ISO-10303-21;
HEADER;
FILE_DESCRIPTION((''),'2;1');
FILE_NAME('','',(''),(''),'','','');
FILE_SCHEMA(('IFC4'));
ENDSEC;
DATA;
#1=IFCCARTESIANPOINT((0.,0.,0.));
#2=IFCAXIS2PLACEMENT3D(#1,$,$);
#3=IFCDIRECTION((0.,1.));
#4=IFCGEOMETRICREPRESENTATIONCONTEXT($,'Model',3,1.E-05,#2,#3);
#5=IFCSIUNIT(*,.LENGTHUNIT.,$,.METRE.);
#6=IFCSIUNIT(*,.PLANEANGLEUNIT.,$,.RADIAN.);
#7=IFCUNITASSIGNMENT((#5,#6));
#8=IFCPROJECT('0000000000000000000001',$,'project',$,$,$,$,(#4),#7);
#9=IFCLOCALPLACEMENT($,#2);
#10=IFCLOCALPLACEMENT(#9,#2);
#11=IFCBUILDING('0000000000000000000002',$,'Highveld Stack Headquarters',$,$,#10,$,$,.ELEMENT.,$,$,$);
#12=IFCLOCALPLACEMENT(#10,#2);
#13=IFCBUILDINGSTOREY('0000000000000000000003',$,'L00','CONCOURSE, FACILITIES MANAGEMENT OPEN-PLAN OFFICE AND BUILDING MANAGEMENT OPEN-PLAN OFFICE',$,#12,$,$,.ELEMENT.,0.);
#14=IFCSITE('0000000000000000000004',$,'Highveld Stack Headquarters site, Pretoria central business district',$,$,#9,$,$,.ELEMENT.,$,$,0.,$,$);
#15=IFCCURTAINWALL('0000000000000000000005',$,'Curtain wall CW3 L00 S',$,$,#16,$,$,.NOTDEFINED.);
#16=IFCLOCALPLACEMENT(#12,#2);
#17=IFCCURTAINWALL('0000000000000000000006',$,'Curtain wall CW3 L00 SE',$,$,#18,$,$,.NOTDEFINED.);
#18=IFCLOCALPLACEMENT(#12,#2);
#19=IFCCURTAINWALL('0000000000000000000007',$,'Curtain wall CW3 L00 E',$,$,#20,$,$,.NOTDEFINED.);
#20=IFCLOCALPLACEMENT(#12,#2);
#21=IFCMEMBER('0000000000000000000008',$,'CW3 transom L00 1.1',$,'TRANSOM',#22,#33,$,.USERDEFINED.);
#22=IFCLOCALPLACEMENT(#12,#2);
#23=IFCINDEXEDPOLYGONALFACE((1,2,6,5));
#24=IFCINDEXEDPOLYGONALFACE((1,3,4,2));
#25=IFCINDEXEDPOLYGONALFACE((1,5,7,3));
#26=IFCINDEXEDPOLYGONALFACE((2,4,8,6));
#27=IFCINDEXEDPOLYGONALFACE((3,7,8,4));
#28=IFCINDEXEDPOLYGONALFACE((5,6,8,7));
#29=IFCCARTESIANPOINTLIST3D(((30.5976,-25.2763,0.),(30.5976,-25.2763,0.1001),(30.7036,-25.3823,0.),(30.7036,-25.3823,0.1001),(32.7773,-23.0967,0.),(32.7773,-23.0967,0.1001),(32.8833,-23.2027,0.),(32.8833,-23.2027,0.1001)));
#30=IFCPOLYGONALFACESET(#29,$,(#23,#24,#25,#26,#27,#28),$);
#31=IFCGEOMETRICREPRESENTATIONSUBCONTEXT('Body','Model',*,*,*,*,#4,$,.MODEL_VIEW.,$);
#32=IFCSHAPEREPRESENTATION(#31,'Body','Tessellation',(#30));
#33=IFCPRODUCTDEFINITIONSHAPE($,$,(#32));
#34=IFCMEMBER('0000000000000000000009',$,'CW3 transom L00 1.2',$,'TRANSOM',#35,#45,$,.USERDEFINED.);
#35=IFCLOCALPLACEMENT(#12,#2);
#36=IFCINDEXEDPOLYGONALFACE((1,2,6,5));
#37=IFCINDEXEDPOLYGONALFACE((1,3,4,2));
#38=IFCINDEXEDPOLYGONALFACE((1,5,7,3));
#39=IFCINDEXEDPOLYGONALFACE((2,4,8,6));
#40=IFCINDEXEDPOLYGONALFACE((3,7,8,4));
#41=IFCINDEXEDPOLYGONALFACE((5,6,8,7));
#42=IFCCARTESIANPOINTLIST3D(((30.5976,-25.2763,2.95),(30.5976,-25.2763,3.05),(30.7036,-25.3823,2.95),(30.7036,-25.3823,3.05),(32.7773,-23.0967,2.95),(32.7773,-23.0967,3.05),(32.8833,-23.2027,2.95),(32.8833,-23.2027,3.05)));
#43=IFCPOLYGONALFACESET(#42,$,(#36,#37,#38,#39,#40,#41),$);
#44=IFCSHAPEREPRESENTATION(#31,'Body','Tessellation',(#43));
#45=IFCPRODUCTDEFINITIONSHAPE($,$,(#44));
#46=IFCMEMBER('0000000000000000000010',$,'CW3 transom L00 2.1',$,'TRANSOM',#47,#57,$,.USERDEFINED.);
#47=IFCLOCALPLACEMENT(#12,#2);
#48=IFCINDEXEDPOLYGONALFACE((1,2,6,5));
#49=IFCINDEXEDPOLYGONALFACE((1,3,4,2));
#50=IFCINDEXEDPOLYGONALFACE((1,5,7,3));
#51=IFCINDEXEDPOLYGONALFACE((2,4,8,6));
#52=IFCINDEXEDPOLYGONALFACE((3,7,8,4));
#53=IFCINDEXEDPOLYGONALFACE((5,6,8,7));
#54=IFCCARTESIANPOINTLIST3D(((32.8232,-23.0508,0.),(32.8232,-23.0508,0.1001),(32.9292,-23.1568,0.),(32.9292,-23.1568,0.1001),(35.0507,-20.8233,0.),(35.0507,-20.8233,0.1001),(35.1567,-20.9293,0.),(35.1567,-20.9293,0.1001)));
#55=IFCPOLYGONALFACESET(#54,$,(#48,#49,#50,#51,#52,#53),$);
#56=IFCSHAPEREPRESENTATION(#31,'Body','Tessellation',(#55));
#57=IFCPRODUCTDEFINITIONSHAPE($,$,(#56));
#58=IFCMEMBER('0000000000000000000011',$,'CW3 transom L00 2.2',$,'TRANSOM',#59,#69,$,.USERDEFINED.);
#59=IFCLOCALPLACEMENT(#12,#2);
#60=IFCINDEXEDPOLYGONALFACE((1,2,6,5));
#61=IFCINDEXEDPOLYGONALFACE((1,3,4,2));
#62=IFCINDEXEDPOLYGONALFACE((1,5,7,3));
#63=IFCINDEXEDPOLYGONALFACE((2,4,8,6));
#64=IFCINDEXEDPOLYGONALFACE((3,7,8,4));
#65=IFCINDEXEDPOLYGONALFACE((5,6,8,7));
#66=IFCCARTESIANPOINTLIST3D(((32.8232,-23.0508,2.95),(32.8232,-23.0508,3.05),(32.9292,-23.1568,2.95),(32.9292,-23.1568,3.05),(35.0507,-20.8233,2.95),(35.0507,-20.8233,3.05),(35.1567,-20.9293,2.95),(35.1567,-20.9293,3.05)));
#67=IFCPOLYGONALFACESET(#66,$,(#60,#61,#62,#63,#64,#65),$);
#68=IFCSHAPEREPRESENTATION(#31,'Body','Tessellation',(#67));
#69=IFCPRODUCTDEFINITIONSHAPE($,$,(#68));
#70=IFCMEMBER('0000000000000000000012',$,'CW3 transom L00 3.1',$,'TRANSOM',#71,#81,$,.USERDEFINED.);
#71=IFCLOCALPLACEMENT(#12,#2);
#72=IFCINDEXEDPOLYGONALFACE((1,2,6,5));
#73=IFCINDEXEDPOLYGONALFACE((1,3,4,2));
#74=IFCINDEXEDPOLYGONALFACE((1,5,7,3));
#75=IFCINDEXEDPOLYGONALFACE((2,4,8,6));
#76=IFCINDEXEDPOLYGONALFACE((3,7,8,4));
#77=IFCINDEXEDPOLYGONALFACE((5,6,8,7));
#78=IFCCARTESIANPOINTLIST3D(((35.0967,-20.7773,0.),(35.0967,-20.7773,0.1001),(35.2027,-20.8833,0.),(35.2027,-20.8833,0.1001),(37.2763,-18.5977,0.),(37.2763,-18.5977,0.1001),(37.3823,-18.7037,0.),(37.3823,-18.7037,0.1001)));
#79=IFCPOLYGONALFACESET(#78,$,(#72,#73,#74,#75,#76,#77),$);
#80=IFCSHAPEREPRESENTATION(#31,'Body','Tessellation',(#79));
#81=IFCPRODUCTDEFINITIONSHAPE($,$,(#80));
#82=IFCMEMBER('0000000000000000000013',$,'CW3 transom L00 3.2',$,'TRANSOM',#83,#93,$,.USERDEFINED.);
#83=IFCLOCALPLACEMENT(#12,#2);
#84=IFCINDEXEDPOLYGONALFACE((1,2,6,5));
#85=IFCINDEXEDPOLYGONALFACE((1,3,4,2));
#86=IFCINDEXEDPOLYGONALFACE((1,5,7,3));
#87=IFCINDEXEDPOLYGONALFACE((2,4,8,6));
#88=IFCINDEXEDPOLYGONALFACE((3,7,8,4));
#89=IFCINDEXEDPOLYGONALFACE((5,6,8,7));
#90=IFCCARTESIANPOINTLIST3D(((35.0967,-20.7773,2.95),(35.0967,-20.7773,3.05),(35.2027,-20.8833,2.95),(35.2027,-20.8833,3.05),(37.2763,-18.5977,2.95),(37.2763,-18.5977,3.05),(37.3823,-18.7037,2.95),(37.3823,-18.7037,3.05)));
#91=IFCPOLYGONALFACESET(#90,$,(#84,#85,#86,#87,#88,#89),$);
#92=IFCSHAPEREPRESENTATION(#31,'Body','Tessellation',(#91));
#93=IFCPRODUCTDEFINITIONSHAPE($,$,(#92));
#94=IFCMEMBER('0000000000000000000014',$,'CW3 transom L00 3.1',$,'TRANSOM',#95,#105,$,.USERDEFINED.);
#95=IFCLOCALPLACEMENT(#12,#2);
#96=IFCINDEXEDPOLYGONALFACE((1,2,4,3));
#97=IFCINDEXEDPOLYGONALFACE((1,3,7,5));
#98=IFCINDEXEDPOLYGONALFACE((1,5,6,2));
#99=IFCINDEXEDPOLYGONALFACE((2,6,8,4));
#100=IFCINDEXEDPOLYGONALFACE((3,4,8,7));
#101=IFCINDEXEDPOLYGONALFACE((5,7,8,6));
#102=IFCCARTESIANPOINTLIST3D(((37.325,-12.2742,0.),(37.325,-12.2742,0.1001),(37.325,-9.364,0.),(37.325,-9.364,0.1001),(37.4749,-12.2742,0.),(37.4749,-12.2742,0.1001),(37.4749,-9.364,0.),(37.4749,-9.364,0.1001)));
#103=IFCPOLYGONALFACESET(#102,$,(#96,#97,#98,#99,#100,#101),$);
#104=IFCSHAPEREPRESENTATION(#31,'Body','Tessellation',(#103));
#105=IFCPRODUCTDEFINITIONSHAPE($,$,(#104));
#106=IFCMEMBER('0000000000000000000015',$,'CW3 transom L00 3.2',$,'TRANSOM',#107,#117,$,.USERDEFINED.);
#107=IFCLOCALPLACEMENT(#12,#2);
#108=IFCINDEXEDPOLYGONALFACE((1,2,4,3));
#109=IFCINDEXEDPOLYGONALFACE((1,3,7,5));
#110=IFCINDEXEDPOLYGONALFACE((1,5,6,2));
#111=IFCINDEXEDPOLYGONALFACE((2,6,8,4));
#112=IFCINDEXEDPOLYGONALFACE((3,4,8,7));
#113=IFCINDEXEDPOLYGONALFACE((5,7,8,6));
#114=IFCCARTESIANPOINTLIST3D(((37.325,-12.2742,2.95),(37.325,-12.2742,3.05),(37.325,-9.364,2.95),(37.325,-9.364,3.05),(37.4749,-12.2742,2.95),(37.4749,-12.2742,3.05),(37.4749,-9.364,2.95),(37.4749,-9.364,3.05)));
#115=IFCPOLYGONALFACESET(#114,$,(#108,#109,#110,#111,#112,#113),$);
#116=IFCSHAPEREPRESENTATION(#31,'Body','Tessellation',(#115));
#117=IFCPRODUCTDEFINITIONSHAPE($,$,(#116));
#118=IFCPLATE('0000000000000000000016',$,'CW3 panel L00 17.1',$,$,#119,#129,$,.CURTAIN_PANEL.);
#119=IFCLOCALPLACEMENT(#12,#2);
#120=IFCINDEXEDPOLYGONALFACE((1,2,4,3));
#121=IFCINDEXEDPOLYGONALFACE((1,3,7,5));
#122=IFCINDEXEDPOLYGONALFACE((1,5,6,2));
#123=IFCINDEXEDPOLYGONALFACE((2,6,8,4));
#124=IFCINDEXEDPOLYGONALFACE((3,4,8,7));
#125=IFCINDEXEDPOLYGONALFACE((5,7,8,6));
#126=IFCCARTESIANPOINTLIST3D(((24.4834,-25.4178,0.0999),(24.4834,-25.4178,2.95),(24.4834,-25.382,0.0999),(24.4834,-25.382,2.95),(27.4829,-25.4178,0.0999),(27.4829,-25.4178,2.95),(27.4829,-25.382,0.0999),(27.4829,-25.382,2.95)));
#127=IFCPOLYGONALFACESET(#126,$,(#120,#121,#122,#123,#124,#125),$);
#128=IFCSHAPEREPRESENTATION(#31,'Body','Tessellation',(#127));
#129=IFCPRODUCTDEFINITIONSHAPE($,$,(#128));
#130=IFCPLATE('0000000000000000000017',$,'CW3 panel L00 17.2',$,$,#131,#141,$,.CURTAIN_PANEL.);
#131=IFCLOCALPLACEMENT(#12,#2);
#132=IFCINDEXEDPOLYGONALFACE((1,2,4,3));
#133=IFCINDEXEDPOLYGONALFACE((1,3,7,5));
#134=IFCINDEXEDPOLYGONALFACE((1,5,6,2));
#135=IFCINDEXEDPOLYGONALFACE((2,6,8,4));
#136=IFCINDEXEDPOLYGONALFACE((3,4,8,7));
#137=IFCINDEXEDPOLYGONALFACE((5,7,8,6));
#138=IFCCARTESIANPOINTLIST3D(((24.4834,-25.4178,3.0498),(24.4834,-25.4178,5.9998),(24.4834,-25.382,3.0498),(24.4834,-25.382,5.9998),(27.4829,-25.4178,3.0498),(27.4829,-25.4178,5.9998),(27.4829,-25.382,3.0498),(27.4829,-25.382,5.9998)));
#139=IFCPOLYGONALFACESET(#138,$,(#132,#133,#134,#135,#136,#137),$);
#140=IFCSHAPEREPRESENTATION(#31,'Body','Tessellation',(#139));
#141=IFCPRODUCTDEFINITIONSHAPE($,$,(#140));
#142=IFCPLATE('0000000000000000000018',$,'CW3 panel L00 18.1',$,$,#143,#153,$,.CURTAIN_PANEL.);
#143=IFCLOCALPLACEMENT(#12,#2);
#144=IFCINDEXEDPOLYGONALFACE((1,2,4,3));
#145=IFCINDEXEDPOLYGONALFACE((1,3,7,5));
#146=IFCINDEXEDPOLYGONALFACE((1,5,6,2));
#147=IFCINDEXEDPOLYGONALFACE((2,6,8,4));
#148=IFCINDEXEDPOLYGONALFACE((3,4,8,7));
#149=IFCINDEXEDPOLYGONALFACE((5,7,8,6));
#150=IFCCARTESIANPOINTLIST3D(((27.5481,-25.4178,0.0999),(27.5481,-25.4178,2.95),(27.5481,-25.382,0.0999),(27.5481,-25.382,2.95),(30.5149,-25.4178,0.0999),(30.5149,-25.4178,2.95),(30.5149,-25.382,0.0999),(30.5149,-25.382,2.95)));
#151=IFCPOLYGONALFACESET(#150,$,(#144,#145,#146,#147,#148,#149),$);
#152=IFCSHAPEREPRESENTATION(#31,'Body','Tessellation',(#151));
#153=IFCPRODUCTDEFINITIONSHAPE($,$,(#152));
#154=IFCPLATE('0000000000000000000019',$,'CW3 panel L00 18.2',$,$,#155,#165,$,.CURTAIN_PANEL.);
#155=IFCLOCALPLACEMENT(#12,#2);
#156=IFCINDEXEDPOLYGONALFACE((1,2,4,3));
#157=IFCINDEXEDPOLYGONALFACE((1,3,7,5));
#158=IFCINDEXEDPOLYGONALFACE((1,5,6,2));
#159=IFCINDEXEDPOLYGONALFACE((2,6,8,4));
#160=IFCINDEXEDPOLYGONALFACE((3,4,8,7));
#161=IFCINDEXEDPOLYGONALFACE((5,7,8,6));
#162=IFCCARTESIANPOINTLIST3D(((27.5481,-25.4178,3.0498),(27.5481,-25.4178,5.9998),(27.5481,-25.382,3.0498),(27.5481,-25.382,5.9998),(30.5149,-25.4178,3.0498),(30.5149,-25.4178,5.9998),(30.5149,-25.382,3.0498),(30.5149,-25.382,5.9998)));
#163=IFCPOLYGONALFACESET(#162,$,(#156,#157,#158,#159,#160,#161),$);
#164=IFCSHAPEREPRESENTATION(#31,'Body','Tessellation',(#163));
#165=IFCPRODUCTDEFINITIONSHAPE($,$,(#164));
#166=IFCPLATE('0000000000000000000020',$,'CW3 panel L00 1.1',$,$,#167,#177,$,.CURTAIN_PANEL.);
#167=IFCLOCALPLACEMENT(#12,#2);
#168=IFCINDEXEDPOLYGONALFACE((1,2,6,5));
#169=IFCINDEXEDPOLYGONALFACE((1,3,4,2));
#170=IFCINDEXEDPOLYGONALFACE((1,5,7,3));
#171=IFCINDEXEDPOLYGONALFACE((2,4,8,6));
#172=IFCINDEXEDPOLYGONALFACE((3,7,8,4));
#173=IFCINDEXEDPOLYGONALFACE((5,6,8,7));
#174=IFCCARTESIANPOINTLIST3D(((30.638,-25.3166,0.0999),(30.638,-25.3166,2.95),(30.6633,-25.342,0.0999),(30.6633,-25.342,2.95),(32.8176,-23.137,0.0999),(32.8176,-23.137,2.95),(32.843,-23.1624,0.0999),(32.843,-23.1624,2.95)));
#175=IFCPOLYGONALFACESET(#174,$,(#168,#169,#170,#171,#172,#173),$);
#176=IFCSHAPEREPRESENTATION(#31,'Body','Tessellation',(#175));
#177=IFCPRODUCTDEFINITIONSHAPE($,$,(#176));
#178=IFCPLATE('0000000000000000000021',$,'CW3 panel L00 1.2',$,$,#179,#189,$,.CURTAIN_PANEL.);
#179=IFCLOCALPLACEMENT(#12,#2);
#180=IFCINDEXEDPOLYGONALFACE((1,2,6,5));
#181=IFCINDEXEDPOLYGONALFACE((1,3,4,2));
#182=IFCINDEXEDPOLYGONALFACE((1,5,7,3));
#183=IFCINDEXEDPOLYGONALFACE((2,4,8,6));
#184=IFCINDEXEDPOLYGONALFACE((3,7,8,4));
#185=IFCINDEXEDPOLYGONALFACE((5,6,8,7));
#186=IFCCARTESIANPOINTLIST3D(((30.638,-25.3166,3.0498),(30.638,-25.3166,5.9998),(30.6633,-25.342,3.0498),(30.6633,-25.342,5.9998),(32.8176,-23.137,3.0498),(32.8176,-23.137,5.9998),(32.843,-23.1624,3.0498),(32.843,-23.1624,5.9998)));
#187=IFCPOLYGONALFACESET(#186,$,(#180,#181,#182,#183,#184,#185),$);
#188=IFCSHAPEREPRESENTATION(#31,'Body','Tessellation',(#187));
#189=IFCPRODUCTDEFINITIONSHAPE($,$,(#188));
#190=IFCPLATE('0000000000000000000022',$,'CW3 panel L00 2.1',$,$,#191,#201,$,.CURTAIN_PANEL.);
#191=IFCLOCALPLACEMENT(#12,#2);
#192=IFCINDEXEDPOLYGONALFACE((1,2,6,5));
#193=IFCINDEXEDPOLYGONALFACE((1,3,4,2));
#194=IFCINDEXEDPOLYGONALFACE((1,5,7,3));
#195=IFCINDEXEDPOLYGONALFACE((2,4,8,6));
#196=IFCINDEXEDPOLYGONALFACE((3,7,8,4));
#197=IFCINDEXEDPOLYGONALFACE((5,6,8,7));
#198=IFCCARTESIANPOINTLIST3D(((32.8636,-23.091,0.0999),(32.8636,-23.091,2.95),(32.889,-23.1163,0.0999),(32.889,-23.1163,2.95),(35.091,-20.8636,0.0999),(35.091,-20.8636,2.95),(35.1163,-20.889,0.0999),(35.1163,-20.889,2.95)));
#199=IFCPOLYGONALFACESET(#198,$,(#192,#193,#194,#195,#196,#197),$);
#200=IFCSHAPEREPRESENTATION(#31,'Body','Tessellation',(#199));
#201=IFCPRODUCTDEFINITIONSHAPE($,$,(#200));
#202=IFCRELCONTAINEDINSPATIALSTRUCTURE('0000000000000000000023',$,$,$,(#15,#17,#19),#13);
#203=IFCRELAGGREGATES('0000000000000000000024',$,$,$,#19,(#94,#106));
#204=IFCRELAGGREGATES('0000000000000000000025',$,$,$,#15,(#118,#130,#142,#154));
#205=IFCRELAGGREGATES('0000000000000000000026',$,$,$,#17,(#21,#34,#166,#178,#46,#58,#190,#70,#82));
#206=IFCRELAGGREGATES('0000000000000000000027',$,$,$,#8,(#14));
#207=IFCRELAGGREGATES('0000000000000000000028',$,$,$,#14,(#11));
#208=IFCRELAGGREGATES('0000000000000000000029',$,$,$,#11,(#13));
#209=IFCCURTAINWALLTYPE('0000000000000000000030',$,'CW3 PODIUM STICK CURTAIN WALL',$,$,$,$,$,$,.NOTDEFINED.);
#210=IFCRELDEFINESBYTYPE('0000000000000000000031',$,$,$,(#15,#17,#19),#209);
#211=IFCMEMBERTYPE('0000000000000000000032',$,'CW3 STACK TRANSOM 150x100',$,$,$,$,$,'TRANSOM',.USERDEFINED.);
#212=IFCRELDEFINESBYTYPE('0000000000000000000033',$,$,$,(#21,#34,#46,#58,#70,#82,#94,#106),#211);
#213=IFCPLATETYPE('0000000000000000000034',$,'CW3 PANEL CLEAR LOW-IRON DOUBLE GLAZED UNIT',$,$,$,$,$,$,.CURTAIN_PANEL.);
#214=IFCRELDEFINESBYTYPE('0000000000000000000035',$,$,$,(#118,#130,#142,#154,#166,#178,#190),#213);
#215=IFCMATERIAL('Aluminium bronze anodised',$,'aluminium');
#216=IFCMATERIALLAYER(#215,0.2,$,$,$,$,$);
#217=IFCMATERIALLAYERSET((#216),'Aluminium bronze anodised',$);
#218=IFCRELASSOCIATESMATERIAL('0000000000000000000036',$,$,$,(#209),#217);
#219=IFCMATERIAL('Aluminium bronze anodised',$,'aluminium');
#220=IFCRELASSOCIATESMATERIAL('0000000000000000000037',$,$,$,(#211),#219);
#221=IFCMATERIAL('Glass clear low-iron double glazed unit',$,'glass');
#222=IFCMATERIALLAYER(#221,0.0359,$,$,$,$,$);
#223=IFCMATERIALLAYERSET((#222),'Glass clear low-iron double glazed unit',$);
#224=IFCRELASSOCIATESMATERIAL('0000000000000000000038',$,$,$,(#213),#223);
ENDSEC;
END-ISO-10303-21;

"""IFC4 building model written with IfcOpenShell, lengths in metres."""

from ifc_helpers import new_model, si_unit, direction, frame, origin, origin_2d, place, context, subcontext, project, spatial, rectangle, extrude, material, layer, layer_set, material_profile, profile_set, type_object, element, aggregate, save


model = new_model("IFC4")

# Units and contexts
model_context = context("Model", 3, precision=1e-05, world=origin(), true_north=direction((0.0, 1.0)))
body_context = subcontext(model_context, "Body", "Model", "MODEL_VIEW")
ifc_project = project(units=[si_unit("LENGTHUNIT", "METRE"), si_unit("PLANEANGLEUNIT", "RADIAN")], contexts=[model_context])

# Site, building, storey
site_placement = place(None, origin())
site = spatial("IfcSite", under=ifc_project, at=site_placement, Name="Highveld Stack Headquarters site, Pretoria central business district", CompositionType="ELEMENT", RefElevation=0.0)
building_placement = place(site_placement, origin())
building = spatial("IfcBuilding", under=site, at=building_placement, Name="Highveld Stack Headquarters", CompositionType="ELEMENT")
storey_placement = place(building_placement, origin())
storey = spatial("IfcBuildingStorey", under=building, at=storey_placement, Name="L00", Description="CONCOURSE, FACILITIES MANAGEMENT OPEN-PLAN OFFICE AND BUILDING MANAGEMENT OPEN-PLAN OFFICE", CompositionType="ELEMENT", Elevation=0.0)

# Curtain walls
ifc_material_1 = material(Name="Aluminium bronze anodised", Category="aluminium")
ifc_layer_1 = layer(ifc_material_1, 0.2)
ifc_layer_set_1 = layer_set([ifc_layer_1], Name="Aluminium bronze anodised")
curtain_wall_type = type_object("IfcCurtainWallType", Name="CW3 PODIUM STICK CURTAIN WALL", PredefinedType="NOTDEFINED", material=ifc_layer_set_1)
curtain_wall_1_placement = place(storey_placement, origin())
curtain_wall_1 = element("IfcCurtainWall", 1, at=curtain_wall_1_placement, inside=storey, type_object=curtain_wall_type, Name="Curtain wall CW3 L00 S", PredefinedType="NOTDEFINED")
curtain_wall_2_placement = place(storey_placement, origin())
curtain_wall_2 = element("IfcCurtainWall", 2, at=curtain_wall_2_placement, inside=storey, type_object=curtain_wall_type, Name="Curtain wall CW3 L00 SE", PredefinedType="NOTDEFINED")

# Curtain wall
curtain_wall_3_placement = place(storey_placement, origin())
curtain_wall_3 = element("IfcCurtainWall", 3, at=curtain_wall_3_placement, inside=storey, type_object=curtain_wall_type, Name="Curtain wall CW3 L00 E", PredefinedType="NOTDEFINED")

# Members
ifc_material_2 = material(Name="Aluminium bronze anodised", Category="aluminium")
ifc_material_profile_1 = material_profile(ifc_material_2, rectangle(XDim=0.1499, YDim=0.1001, at=origin_2d()), Name="CW3 TRANSOM 150x100")
ifc_profile_set_1 = profile_set([ifc_material_profile_1], Name="Aluminium bronze anodised")
member_type_1 = type_object("IfcMemberType", Name="CW3 STACK TRANSOM 150x100", ElementType="TRANSOM", PredefinedType="USERDEFINED", material=ifc_profile_set_1)
member_1_placement = place(storey_placement, frame((30.6506, -25.3293, 0.05), z_axis=(0.707107, 0.707107, 0.0), x_axis=(-0.707107, 0.707107, 0.0)))
member_1 = element("IfcMember", 4, at=member_1_placement, type_object=member_type_1, Name="CW3 transom L00 1.1", ObjectType="TRANSOM", PredefinedType="USERDEFINED", context=body_context, shape_type="SweptSolid", body=[
    extrude(rectangle(XDim=0.1499, YDim=0.1001, at=origin_2d()), origin(), (0.0, 0.0, 1.0), 3.0825),
])
member_2_placement = place(storey_placement, frame((30.6506, -25.3293, 3.0), z_axis=(0.707107, 0.707107, 0.0), x_axis=(-0.707107, 0.707107, 0.0)))
member_2 = element("IfcMember", 5, at=member_2_placement, type_object=member_type_1, Name="CW3 transom L00 1.2", ObjectType="TRANSOM", PredefinedType="USERDEFINED", context=body_context, shape_type="SweptSolid", body=[
    extrude(rectangle(XDim=0.1499, YDim=0.1001, at=origin_2d()), origin(), (0.0, 0.0, 1.0), 3.0825),
])
member_3_placement = place(storey_placement, frame((32.8762, -23.1038, 0.05), z_axis=(0.707107, 0.707107, 0.0), x_axis=(-0.707107, 0.707107, 0.0)))
member_3 = element("IfcMember", 6, at=member_3_placement, type_object=member_type_1, Name="CW3 transom L00 2.1", ObjectType="TRANSOM", PredefinedType="USERDEFINED", context=body_context, shape_type="SweptSolid", body=[
    extrude(rectangle(XDim=0.1499, YDim=0.1001, at=origin_2d()), origin(), (0.0, 0.0, 1.0), 3.1501),
])
member_4_placement = place(storey_placement, frame((32.8762, -23.1038, 3.0), z_axis=(0.707107, 0.707107, 0.0), x_axis=(-0.707107, 0.707107, 0.0)))
member_4 = element("IfcMember", 7, at=member_4_placement, type_object=member_type_1, Name="CW3 transom L00 2.2", ObjectType="TRANSOM", PredefinedType="USERDEFINED", context=body_context, shape_type="SweptSolid", body=[
    extrude(rectangle(XDim=0.1499, YDim=0.1001, at=origin_2d()), origin(), (0.0, 0.0, 1.0), 3.1501),
])
member_5_placement = place(storey_placement, frame((35.1497, -20.8303, 0.05), z_axis=(0.707107, 0.707107, 0.0), x_axis=(-0.707107, 0.707107, 0.0)))
member_5 = element("IfcMember", 8, at=member_5_placement, type_object=member_type_1, Name="CW3 transom L00 3.1", ObjectType="TRANSOM", PredefinedType="USERDEFINED", context=body_context, shape_type="SweptSolid", body=[
    extrude(rectangle(XDim=0.1499, YDim=0.1001, at=origin_2d()), origin(), (0.0, 0.0, 1.0), 3.0825),
])
member_6_placement = place(storey_placement, frame((35.1497, -20.8303, 3.0), z_axis=(0.707107, 0.707107, 0.0), x_axis=(-0.707107, 0.707107, 0.0)))
member_6 = element("IfcMember", 9, at=member_6_placement, type_object=member_type_1, Name="CW3 transom L00 3.2", ObjectType="TRANSOM", PredefinedType="USERDEFINED", context=body_context, shape_type="SweptSolid", body=[
    extrude(rectangle(XDim=0.1499, YDim=0.1001, at=origin_2d()), origin(), (0.0, 0.0, 1.0), 3.0825),
])
member_7_placement = place(storey_placement, frame((37.3999, -12.2742, 0.05), z_axis=(0.0, 1.0, 0.0), x_axis=(-1.0, 0.0, 0.0)))
member_7 = element("IfcMember", 10, at=member_7_placement, type_object=member_type_1, Name="CW3 transom L00 3.1", ObjectType="TRANSOM", PredefinedType="USERDEFINED", context=body_context, shape_type="SweptSolid", body=[
    extrude(rectangle(XDim=0.1499, YDim=0.1001, at=origin_2d()), origin(), (0.0, 0.0, 1.0), 2.9102),
])
member_8_placement = place(storey_placement, frame((37.3999, -12.2742, 3.0), z_axis=(0.0, 1.0, 0.0), x_axis=(-1.0, 0.0, 0.0)))
member_8 = element("IfcMember", 11, at=member_8_placement, type_object=member_type_1, Name="CW3 transom L00 3.2", ObjectType="TRANSOM", PredefinedType="USERDEFINED", context=body_context, shape_type="SweptSolid", body=[
    extrude(rectangle(XDim=0.1499, YDim=0.1001, at=origin_2d()), origin(), (0.0, 0.0, 1.0), 2.9102),
])
aggregate(curtain_wall_3, [member_7, member_8])

# Plates
ifc_material_3 = material(Name="Glass clear low-iron double glazed unit", Category="glass")
ifc_layer_2 = layer(ifc_material_3, 0.0359)
ifc_layer_set_2 = layer_set([ifc_layer_2], Name="Glass clear low-iron double glazed unit")
plate_type = type_object("IfcPlateType", Name="CW3 PANEL CLEAR LOW-IRON DOUBLE GLAZED UNIT", PredefinedType="CURTAIN_PANEL", material=ifc_layer_set_2)
plate_1_placement = place(storey_placement, frame((25.9832, -25.3999, 0.0999), z_axis=(0.0, 0.0, 1.0), x_axis=(1.0, 0.0, 0.0)))
plate_1 = element("IfcPlate", 12, at=plate_1_placement, type_object=plate_type, Name="CW3 panel L00 17.1", PredefinedType="CURTAIN_PANEL", context=body_context, shape_type="SweptSolid", body=[
    extrude(rectangle(XDim=2.9995, YDim=0.0359, at=origin_2d()), origin(), (0.0, 0.0, 1.0), 2.8501),
])
plate_2_placement = place(storey_placement, frame((25.9832, -25.3999, 3.0498), z_axis=(0.0, 0.0, 1.0), x_axis=(1.0, 0.0, 0.0)))
plate_2 = element("IfcPlate", 13, at=plate_2_placement, type_object=plate_type, Name="CW3 panel L00 17.2", PredefinedType="CURTAIN_PANEL", context=body_context, shape_type="SweptSolid", body=[
    extrude(rectangle(XDim=2.9995, YDim=0.0359, at=origin_2d()), origin(), (0.0, 0.0, 1.0), 2.95),
])
plate_3_placement = place(storey_placement, frame((29.0315, -25.3999, 0.0999), z_axis=(0.0, 0.0, 1.0), x_axis=(1.0, 0.0, 0.0)))
plate_3 = element("IfcPlate", 14, at=plate_3_placement, type_object=plate_type, Name="CW3 panel L00 18.1", PredefinedType="CURTAIN_PANEL", context=body_context, shape_type="SweptSolid", body=[
    extrude(rectangle(XDim=2.9668, YDim=0.0359, at=origin_2d()), origin(), (0.0, 0.0, 1.0), 2.8501),
])
plate_4_placement = place(storey_placement, frame((29.0315, -25.3999, 3.0498), z_axis=(0.0, 0.0, 1.0), x_axis=(1.0, 0.0, 0.0)))
plate_4 = element("IfcPlate", 15, at=plate_4_placement, type_object=plate_type, Name="CW3 panel L00 18.2", PredefinedType="CURTAIN_PANEL", context=body_context, shape_type="SweptSolid", body=[
    extrude(rectangle(XDim=2.9668, YDim=0.0359, at=origin_2d()), origin(), (0.0, 0.0, 1.0), 2.95),
])
aggregate(curtain_wall_1, [plate_1, plate_2, plate_3, plate_4])
plate_5_placement = place(storey_placement, frame((31.7405, -24.2395, 0.0999), z_axis=(0.0, 0.0, 1.0), x_axis=(0.707107, 0.707107, 0.0)))
plate_5 = element("IfcPlate", 16, at=plate_5_placement, type_object=plate_type, Name="CW3 panel L00 1.1", PredefinedType="CURTAIN_PANEL", context=body_context, shape_type="SweptSolid", body=[
    extrude(rectangle(XDim=3.0825, YDim=0.0359, at=origin_2d()), origin(), (0.0, 0.0, 1.0), 2.8501),
])
plate_6_placement = place(storey_placement, frame((31.7405, -24.2395, 3.0498), z_axis=(0.0, 0.0, 1.0), x_axis=(0.707107, 0.707107, 0.0)))
plate_6 = element("IfcPlate", 17, at=plate_6_placement, type_object=plate_type, Name="CW3 panel L00 1.2", PredefinedType="CURTAIN_PANEL", context=body_context, shape_type="SweptSolid", body=[
    extrude(rectangle(XDim=3.0825, YDim=0.0359, at=origin_2d()), origin(), (0.0, 0.0, 1.0), 2.95),
])
plate_7_placement = place(storey_placement, frame((33.99, -21.99, 0.0999), z_axis=(0.0, 0.0, 1.0), x_axis=(0.707107, 0.707107, 0.0)))
plate_7 = element("IfcPlate", 18, at=plate_7_placement, type_object=plate_type, Name="CW3 panel L00 2.1", PredefinedType="CURTAIN_PANEL", context=body_context, shape_type="SweptSolid", body=[
    extrude(rectangle(XDim=3.1499, YDim=0.0359, at=origin_2d()), origin(), (0.0, 0.0, 1.0), 2.8501),
])
aggregate(curtain_wall_2, [member_1, member_2, plate_5, plate_6, member_3, member_4, plate_7, member_5, member_6])

save(model, "model.ifc")
